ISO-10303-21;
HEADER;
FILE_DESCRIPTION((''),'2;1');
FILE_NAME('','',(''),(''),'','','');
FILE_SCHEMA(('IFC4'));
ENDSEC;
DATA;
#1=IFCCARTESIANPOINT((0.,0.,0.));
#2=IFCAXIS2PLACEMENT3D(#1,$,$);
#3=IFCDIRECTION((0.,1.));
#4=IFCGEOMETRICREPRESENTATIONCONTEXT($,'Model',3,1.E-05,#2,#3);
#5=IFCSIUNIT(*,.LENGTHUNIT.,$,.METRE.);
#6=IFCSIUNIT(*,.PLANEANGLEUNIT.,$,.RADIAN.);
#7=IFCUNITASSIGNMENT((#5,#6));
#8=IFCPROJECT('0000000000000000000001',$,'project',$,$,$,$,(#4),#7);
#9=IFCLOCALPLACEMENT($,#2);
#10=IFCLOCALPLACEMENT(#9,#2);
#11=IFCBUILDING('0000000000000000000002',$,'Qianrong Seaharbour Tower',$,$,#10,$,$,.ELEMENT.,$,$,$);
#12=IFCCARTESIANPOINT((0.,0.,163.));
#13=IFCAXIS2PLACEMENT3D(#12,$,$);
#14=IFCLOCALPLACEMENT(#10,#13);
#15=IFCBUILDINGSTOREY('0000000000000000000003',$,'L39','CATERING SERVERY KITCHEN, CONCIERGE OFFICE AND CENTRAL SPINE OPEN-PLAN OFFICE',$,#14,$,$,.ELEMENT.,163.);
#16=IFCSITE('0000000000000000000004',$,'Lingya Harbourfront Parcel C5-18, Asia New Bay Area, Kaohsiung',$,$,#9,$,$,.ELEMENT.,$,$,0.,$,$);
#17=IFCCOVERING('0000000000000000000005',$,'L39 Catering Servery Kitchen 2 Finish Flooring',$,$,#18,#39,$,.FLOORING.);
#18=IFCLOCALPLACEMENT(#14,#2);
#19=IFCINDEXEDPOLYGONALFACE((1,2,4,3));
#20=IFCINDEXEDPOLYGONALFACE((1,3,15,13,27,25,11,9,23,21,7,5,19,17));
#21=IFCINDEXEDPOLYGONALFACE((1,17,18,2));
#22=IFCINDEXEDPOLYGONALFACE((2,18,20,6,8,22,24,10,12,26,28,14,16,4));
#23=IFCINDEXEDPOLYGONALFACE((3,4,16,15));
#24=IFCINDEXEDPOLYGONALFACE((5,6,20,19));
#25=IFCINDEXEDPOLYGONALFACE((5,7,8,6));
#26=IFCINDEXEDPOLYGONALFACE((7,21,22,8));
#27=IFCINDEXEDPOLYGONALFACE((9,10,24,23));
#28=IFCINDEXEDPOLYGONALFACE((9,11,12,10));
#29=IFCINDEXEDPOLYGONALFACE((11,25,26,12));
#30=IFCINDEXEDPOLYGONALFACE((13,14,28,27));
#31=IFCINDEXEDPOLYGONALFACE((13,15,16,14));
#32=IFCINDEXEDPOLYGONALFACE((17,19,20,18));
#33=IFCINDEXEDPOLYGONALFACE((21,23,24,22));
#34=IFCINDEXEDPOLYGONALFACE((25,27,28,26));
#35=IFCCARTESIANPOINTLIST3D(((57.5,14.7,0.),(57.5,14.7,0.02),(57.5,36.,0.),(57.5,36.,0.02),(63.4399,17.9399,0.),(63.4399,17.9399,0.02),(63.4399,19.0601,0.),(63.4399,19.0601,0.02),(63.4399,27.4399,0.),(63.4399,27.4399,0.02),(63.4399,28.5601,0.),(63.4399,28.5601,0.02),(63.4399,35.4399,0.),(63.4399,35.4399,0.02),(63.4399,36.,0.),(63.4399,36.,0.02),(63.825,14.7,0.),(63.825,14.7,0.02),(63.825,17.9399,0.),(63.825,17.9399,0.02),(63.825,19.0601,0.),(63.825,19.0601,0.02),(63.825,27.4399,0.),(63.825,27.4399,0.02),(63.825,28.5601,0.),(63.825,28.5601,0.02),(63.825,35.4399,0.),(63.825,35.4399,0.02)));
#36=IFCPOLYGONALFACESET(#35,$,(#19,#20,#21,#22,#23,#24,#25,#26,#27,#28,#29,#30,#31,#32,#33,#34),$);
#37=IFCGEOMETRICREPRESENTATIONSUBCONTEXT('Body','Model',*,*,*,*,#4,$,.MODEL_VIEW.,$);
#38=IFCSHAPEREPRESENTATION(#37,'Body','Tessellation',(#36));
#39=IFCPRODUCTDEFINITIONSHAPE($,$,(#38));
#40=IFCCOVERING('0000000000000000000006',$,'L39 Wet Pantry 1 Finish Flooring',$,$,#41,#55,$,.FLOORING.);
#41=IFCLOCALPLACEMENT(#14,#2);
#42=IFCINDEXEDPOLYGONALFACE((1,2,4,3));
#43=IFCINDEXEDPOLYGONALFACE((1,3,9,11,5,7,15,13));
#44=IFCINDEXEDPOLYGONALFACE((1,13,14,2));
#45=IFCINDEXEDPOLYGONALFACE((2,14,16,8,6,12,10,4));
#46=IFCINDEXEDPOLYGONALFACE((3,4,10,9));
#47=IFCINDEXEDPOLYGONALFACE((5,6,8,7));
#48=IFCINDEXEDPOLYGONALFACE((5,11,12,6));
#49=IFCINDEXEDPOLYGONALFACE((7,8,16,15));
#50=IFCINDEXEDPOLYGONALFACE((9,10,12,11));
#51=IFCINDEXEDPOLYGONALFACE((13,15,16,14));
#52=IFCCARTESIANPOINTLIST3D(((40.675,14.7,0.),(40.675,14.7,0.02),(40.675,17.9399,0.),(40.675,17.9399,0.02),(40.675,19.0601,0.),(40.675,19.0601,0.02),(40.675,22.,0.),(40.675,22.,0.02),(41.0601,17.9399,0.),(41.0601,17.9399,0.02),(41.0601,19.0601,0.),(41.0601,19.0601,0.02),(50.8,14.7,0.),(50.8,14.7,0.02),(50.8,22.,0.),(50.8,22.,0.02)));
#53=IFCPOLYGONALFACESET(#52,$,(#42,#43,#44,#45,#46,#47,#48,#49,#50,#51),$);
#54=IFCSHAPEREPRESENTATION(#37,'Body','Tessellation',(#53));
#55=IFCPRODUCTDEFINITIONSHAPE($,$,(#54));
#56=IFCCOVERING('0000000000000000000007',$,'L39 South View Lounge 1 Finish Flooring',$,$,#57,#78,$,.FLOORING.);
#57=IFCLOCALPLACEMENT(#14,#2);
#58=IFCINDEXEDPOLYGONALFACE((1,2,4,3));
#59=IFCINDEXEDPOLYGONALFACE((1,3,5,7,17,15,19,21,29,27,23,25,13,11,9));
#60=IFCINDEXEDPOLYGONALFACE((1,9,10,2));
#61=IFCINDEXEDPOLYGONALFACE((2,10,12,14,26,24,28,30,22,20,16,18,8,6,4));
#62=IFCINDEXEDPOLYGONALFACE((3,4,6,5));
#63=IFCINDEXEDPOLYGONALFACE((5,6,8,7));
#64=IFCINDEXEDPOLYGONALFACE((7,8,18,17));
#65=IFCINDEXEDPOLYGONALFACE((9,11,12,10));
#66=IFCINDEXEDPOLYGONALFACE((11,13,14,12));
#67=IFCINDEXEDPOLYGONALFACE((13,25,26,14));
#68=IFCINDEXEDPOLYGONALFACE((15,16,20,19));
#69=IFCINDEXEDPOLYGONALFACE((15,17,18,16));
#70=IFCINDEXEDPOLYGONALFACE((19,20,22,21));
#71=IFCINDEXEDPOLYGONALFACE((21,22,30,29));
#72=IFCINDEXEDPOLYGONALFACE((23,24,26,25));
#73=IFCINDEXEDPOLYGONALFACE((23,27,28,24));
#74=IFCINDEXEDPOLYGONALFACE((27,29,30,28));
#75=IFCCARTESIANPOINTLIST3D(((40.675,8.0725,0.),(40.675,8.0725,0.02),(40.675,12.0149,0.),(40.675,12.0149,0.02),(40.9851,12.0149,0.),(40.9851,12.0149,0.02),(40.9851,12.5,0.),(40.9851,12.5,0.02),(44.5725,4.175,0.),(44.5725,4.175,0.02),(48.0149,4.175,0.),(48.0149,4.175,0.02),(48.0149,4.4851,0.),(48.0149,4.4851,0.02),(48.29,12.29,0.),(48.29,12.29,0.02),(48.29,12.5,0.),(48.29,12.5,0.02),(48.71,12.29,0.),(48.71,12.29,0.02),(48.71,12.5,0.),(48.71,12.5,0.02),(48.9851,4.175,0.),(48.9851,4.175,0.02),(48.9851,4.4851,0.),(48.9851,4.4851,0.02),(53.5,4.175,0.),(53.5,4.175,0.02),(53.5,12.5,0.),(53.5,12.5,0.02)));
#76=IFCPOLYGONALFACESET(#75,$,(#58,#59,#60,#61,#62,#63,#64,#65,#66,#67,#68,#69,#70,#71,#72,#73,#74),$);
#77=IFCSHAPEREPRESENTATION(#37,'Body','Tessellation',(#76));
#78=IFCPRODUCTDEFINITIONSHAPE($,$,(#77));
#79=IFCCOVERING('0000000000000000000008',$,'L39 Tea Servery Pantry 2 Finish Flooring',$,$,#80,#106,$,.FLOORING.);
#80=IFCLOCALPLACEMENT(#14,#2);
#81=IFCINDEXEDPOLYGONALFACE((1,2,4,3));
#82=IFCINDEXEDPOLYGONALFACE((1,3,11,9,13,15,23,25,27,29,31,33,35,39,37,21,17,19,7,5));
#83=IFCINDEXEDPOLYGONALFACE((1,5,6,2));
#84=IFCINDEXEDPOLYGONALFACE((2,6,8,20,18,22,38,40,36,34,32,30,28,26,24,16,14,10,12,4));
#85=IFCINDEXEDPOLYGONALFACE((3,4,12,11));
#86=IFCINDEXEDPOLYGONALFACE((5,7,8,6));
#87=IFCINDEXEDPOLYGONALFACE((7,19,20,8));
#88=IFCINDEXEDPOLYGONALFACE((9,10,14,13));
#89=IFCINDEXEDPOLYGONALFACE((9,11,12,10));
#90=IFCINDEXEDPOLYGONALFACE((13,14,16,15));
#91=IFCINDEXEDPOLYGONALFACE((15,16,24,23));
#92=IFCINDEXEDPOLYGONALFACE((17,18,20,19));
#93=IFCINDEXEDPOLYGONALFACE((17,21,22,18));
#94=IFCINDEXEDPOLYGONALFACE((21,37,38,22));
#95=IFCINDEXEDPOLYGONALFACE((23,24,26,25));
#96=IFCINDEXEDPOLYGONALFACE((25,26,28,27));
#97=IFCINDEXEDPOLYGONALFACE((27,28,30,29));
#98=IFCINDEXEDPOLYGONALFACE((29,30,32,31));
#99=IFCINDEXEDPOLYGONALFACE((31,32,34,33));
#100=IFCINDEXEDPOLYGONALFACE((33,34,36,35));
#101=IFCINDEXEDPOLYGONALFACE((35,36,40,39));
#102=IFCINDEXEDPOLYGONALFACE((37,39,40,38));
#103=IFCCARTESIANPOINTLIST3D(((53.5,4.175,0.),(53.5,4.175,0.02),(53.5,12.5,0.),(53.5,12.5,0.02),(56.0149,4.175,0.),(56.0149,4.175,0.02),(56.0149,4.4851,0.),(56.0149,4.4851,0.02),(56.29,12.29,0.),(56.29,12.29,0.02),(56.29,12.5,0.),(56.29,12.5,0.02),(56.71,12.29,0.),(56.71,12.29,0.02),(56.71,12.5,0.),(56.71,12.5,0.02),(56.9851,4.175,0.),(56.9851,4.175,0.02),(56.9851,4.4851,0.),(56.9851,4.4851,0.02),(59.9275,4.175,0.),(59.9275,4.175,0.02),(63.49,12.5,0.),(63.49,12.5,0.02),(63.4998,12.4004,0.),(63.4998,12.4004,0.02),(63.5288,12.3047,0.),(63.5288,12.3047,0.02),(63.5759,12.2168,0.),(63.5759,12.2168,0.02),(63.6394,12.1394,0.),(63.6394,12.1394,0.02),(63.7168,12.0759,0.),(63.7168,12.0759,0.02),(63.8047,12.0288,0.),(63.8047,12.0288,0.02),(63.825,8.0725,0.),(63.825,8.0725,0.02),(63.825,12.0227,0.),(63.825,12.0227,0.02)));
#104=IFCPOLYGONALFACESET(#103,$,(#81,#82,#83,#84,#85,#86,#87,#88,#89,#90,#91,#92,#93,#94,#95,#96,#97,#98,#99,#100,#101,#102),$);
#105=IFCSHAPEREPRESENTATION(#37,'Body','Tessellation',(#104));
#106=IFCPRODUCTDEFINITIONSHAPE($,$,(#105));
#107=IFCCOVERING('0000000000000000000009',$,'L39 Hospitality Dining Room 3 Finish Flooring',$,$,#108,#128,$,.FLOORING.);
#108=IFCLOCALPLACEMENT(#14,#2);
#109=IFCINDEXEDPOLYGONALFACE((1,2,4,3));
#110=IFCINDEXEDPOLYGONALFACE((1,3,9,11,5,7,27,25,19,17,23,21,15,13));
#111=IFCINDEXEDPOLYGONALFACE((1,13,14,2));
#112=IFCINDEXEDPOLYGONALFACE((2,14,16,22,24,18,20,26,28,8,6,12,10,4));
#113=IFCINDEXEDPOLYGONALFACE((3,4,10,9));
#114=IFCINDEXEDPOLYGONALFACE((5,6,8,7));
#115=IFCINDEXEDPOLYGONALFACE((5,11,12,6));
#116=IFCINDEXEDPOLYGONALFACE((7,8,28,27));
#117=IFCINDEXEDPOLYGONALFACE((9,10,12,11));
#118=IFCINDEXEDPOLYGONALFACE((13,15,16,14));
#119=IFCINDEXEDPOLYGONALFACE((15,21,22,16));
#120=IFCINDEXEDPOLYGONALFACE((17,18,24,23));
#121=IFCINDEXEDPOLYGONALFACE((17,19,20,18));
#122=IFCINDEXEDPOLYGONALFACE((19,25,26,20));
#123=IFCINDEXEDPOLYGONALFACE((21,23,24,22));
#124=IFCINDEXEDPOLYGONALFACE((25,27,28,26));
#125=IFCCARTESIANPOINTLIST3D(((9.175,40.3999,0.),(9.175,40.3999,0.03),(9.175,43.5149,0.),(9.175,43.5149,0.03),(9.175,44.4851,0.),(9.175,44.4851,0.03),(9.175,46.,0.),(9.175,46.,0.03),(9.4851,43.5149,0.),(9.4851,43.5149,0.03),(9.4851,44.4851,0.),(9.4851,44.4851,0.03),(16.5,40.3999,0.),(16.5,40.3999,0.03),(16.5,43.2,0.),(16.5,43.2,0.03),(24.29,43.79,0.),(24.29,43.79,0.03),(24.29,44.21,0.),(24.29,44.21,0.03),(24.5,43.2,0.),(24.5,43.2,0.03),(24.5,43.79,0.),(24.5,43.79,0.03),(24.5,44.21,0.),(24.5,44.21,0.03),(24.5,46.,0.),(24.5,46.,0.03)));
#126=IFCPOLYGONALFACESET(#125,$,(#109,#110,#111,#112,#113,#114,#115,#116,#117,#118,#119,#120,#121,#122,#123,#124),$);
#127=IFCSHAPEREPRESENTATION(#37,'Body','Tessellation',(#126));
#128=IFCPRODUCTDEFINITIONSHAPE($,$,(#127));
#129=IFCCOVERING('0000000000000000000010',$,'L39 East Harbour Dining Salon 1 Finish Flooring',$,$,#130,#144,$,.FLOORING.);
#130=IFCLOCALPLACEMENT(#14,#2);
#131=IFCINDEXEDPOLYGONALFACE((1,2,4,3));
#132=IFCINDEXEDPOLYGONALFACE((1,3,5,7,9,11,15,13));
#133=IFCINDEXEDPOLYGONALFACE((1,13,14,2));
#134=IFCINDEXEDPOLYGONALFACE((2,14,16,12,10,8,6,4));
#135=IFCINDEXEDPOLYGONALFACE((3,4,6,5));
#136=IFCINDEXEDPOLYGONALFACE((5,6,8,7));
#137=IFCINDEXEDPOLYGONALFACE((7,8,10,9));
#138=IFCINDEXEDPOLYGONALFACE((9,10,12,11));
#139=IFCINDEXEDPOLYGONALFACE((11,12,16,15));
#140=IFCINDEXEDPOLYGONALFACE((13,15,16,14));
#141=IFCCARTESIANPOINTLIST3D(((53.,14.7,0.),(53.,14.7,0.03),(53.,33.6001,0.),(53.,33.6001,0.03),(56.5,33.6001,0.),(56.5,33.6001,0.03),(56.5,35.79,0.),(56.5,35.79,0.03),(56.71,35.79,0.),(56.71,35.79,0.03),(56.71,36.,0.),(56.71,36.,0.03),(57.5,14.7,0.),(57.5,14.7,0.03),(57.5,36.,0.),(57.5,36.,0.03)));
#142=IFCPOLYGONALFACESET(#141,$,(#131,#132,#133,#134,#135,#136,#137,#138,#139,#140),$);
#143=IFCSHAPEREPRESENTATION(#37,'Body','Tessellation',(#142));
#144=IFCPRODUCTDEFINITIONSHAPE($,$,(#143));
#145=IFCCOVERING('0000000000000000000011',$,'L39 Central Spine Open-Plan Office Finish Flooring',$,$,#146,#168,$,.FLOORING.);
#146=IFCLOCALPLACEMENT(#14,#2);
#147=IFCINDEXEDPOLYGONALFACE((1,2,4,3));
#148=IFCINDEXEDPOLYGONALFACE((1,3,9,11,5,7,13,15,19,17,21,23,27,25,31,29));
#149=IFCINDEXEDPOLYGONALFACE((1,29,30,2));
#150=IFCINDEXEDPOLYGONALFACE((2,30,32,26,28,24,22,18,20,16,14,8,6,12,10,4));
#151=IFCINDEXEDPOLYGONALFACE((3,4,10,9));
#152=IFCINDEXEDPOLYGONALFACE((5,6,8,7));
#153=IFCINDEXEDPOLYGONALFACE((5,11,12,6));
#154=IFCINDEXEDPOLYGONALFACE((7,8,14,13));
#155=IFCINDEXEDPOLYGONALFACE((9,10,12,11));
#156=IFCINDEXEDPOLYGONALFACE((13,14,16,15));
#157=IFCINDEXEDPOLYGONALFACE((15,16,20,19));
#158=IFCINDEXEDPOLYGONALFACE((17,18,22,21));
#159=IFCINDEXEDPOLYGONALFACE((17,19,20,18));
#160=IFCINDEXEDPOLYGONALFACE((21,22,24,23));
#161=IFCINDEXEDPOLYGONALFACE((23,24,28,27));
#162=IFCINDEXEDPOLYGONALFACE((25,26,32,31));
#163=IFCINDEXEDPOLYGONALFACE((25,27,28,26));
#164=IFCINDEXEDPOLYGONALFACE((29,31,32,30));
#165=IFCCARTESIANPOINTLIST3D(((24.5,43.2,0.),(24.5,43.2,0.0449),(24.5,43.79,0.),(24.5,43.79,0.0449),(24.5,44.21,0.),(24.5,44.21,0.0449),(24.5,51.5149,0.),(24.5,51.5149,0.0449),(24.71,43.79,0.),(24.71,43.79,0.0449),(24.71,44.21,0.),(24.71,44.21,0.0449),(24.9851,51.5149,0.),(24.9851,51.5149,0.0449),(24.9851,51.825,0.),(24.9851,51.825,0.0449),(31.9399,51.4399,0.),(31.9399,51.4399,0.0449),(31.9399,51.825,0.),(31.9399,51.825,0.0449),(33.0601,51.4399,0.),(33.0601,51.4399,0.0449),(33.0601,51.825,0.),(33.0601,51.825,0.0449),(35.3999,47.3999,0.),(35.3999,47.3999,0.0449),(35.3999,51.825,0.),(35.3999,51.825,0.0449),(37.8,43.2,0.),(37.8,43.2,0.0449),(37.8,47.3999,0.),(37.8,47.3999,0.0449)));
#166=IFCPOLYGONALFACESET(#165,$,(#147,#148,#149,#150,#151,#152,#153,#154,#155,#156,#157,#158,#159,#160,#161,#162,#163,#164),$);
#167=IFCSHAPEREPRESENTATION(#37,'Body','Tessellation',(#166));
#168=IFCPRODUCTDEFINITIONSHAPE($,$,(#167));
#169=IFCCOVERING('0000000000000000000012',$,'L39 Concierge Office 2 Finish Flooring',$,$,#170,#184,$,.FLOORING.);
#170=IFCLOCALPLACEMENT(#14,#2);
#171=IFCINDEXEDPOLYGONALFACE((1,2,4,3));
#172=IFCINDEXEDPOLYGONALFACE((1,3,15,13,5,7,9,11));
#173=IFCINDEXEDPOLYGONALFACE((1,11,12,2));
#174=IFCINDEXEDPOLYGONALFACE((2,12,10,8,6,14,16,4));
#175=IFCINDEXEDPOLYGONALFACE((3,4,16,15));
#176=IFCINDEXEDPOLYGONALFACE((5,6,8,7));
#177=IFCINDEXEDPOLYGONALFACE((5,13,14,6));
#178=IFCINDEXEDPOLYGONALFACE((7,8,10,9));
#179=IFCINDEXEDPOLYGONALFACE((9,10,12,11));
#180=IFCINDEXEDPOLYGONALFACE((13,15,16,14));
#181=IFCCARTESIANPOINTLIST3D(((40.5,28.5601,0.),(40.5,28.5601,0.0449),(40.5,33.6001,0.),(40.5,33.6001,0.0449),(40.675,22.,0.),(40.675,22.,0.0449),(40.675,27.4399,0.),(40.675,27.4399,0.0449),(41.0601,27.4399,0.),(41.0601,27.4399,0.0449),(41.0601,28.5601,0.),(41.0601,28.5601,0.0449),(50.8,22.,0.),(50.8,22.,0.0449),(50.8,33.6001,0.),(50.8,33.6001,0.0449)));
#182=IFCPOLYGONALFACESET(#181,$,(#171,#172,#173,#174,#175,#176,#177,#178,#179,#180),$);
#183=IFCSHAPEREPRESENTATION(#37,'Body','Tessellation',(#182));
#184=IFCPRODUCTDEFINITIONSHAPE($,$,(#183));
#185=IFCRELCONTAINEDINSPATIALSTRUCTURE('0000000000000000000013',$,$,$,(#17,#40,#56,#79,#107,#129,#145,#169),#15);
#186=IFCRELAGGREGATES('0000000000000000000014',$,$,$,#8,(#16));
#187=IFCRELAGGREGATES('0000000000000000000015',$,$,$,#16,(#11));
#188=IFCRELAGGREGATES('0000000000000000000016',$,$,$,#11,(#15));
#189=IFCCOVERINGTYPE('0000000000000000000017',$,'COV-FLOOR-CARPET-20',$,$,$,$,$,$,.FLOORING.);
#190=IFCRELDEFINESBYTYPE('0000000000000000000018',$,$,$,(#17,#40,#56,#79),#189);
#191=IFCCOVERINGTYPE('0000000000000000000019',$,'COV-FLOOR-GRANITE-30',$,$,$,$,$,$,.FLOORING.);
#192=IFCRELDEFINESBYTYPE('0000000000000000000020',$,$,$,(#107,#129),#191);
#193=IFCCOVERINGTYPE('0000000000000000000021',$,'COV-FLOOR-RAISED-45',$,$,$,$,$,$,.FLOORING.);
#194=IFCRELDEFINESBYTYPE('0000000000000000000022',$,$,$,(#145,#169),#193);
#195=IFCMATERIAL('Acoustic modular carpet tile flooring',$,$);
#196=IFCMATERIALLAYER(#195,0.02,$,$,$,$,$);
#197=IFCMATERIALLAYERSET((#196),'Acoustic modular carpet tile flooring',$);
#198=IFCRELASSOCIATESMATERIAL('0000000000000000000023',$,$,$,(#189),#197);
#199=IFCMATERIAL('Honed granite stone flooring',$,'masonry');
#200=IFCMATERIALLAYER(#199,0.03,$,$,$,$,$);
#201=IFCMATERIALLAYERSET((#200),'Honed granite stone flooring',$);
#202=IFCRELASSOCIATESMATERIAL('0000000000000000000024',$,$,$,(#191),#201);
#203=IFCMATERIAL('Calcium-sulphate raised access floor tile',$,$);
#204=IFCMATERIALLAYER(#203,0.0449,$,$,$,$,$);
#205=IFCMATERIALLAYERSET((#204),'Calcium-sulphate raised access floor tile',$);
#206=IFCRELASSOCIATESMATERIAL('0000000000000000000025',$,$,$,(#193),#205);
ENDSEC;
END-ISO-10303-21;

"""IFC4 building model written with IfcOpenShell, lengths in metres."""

from ifc_helpers import new_model, si_unit, direction, frame, origin, place, context, subcontext, project, spatial, polyline, outline, extrude, material, layer, layer_set, type_object, element, save


model = new_model("IFC4")

# Units and contexts
model_context = context("Model", 3, precision=1e-05, world=origin(), true_north=direction((0.0, 1.0)))
body_context = subcontext(model_context, "Body", "Model", "MODEL_VIEW")
ifc_project = project(units=[si_unit("LENGTHUNIT", "METRE"), si_unit("PLANEANGLEUNIT", "RADIAN")], contexts=[model_context])

# Site, building, storey
site_placement = place(None, origin())
site = spatial("IfcSite", under=ifc_project, at=site_placement, Name="Lingya Harbourfront Parcel C5-18, Asia New Bay Area, Kaohsiung", CompositionType="ELEMENT", RefElevation=0.0)
building_placement = place(site_placement, origin())
building = spatial("IfcBuilding", under=site, at=building_placement, Name="Qianrong Seaharbour Tower", CompositionType="ELEMENT")
storey_placement = place(building_placement, frame((0.0, 0.0, 163.0)))
storey = spatial("IfcBuildingStorey", under=building, at=storey_placement, Name="L39", Description="CATERING SERVERY KITCHEN, CONCIERGE OFFICE AND CENTRAL SPINE OPEN-PLAN OFFICE", CompositionType="ELEMENT", Elevation=163.0)

# Coverings
ifc_material_1 = material(Name="Acoustic modular carpet tile flooring")
ifc_layer_1 = layer(ifc_material_1, 0.02)
ifc_layer_set_1 = layer_set([ifc_layer_1], Name="Acoustic modular carpet tile flooring")
covering_type_1 = type_object("IfcCoveringType", Name="COV-FLOOR-CARPET-20", PredefinedType="FLOORING", material=ifc_layer_set_1)
covering_1_placement = place(storey_placement, origin())
element("IfcCovering", 1, at=covering_1_placement, inside=storey, type_object=covering_type_1, Name="L39 Catering Servery Kitchen 2 Finish Flooring", PredefinedType="FLOORING", context=body_context, shape_type="SweptSolid", body=[
    extrude(outline(polyline([(63.4399, 36.0), (63.4399, 35.4399), (63.825, 35.4399), (63.825, 28.5601), (63.4399, 28.5601), (63.4399, 27.4399), (63.825, 27.4399), (63.825, 19.0601), (63.4399, 19.0601), (63.4399, 17.9399), (63.825, 17.9399), (63.825, 14.7), (57.5, 14.7), (57.5, 36.0), (63.4399, 36.0)])), origin(), (0.0, 0.0, 1.0), 0.02),
])
covering_2_placement = place(storey_placement, origin())
element("IfcCovering", 2, at=covering_2_placement, inside=storey, type_object=covering_type_1, Name="L39 Wet Pantry 1 Finish Flooring", PredefinedType="FLOORING", context=body_context, shape_type="SweptSolid", body=[
    extrude(outline(polyline([(40.675, 14.7), (40.675, 17.9399), (41.0601, 17.9399), (41.0601, 19.0601), (40.675, 19.0601), (40.675, 22.0), (50.8, 22.0), (50.8, 14.7), (40.675, 14.7)])), origin(), (0.0, 0.0, 1.0), 0.02),
])
covering_3_placement = place(storey_placement, origin())
element("IfcCovering", 3, at=covering_3_placement, inside=storey, type_object=covering_type_1, Name="L39 South View Lounge 1 Finish Flooring", PredefinedType="FLOORING", context=body_context, shape_type="SweptSolid", body=[
    extrude(outline(polyline([(48.9851, 4.175), (48.9851, 4.4851), (48.0149, 4.4851), (48.0149, 4.175), (44.5725, 4.175), (40.675, 8.0725), (40.675, 12.0149), (40.9851, 12.0149), (40.9851, 12.5), (48.29, 12.5), (48.29, 12.29), (48.71, 12.29), (48.71, 12.5), (53.5, 12.5), (53.5, 4.175), (48.9851, 4.175)])), origin(), (0.0, 0.0, 1.0), 0.02),
])
covering_4_placement = place(storey_placement, origin())
element("IfcCovering", 4, at=covering_4_placement, inside=storey, type_object=covering_type_1, Name="L39 Tea Servery Pantry 2 Finish Flooring", PredefinedType="FLOORING", context=body_context, shape_type="SweptSolid", body=[
    extrude(outline(polyline([(63.825, 8.0725), (59.9275, 4.175), (56.9851, 4.175), (56.9851, 4.4851), (56.0149, 4.4851), (56.0149, 4.175), (53.5, 4.175), (53.5, 12.5), (56.29, 12.5), (56.29, 12.29), (56.71, 12.29), (56.71, 12.5), (63.49, 12.5), (63.4998, 12.4004), (63.5288, 12.3047), (63.5759, 12.2168), (63.6394, 12.1394), (63.7168, 12.0759), (63.8047, 12.0288), (63.825, 12.0227), (63.825, 8.0725)])), origin(), (0.0, 0.0, 1.0), 0.02),
])
ifc_material_2 = material(Name="Honed granite stone flooring", Category="masonry")
ifc_layer_2 = layer(ifc_material_2, 0.03)
ifc_layer_set_2 = layer_set([ifc_layer_2], Name="Honed granite stone flooring")
covering_type_2 = type_object("IfcCoveringType", Name="COV-FLOOR-GRANITE-30", PredefinedType="FLOORING", material=ifc_layer_set_2)
covering_5_placement = place(storey_placement, origin())
element("IfcCovering", 5, at=covering_5_placement, inside=storey, type_object=covering_type_2, Name="L39 Hospitality Dining Room 3 Finish Flooring", PredefinedType="FLOORING", context=body_context, shape_type="SweptSolid", body=[
    extrude(outline(polyline([(16.5, 43.2), (16.5, 40.3999), (9.175, 40.3999), (9.175, 43.5149), (9.4851, 43.5149), (9.4851, 44.4851), (9.175, 44.4851), (9.175, 46.0), (24.5, 46.0), (24.5, 44.21), (24.29, 44.21), (24.29, 43.79), (24.5, 43.79), (24.5, 43.2), (16.5, 43.2)])), origin(), (0.0, 0.0, 1.0), 0.03),
])
covering_6_placement = place(storey_placement, origin())
element("IfcCovering", 6, at=covering_6_placement, inside=storey, type_object=covering_type_2, Name="L39 East Harbour Dining Salon 1 Finish Flooring", PredefinedType="FLOORING", context=body_context, shape_type="SweptSolid", body=[
    extrude(outline(polyline([(56.5, 33.6001), (56.5, 35.79), (56.71, 35.79), (56.71, 36.0), (57.5, 36.0), (57.5, 14.7), (53.0, 14.7), (53.0, 33.6001), (56.5, 33.6001)])), origin(), (0.0, 0.0, 1.0), 0.03),
])
ifc_material_3 = material(Name="Calcium-sulphate raised access floor tile")
ifc_layer_3 = layer(ifc_material_3, 0.0449)
ifc_layer_set_3 = layer_set([ifc_layer_3], Name="Calcium-sulphate raised access floor tile")
covering_type_3 = type_object("IfcCoveringType", Name="COV-FLOOR-RAISED-45", PredefinedType="FLOORING", material=ifc_layer_set_3)
covering_7_placement = place(storey_placement, origin())
element("IfcCovering", 7, at=covering_7_placement, inside=storey, type_object=covering_type_3, Name="L39 Central Spine Open-Plan Office Finish Flooring", PredefinedType="FLOORING", context=body_context, shape_type="SweptSolid", body=[
    extrude(outline(polyline([(31.9399, 51.825), (31.9399, 51.4399), (33.0601, 51.4399), (33.0601, 51.825), (35.3999, 51.825), (35.3999, 47.3999), (37.8, 47.3999), (37.8, 43.2), (24.5, 43.2), (24.5, 43.79), (24.71, 43.79), (24.71, 44.21), (24.5, 44.21), (24.5, 51.5149), (24.9851, 51.5149), (24.9851, 51.825), (31.9399, 51.825)])), origin(), (0.0, 0.0, 1.0), 0.0449),
])
covering_8_placement = place(storey_placement, origin())
element("IfcCovering", 8, at=covering_8_placement, inside=storey, type_object=covering_type_3, Name="L39 Concierge Office 2 Finish Flooring", PredefinedType="FLOORING", context=body_context, shape_type="SweptSolid", body=[
    extrude(outline(polyline([(50.8, 22.0), (40.675, 22.0), (40.675, 27.4399), (41.0601, 27.4399), (41.0601, 28.5601), (40.5, 28.5601), (40.5, 33.6001), (50.8, 33.6001), (50.8, 22.0)])), origin(), (0.0, 0.0, 1.0), 0.0449),
])

save(model, "model.ifc")
